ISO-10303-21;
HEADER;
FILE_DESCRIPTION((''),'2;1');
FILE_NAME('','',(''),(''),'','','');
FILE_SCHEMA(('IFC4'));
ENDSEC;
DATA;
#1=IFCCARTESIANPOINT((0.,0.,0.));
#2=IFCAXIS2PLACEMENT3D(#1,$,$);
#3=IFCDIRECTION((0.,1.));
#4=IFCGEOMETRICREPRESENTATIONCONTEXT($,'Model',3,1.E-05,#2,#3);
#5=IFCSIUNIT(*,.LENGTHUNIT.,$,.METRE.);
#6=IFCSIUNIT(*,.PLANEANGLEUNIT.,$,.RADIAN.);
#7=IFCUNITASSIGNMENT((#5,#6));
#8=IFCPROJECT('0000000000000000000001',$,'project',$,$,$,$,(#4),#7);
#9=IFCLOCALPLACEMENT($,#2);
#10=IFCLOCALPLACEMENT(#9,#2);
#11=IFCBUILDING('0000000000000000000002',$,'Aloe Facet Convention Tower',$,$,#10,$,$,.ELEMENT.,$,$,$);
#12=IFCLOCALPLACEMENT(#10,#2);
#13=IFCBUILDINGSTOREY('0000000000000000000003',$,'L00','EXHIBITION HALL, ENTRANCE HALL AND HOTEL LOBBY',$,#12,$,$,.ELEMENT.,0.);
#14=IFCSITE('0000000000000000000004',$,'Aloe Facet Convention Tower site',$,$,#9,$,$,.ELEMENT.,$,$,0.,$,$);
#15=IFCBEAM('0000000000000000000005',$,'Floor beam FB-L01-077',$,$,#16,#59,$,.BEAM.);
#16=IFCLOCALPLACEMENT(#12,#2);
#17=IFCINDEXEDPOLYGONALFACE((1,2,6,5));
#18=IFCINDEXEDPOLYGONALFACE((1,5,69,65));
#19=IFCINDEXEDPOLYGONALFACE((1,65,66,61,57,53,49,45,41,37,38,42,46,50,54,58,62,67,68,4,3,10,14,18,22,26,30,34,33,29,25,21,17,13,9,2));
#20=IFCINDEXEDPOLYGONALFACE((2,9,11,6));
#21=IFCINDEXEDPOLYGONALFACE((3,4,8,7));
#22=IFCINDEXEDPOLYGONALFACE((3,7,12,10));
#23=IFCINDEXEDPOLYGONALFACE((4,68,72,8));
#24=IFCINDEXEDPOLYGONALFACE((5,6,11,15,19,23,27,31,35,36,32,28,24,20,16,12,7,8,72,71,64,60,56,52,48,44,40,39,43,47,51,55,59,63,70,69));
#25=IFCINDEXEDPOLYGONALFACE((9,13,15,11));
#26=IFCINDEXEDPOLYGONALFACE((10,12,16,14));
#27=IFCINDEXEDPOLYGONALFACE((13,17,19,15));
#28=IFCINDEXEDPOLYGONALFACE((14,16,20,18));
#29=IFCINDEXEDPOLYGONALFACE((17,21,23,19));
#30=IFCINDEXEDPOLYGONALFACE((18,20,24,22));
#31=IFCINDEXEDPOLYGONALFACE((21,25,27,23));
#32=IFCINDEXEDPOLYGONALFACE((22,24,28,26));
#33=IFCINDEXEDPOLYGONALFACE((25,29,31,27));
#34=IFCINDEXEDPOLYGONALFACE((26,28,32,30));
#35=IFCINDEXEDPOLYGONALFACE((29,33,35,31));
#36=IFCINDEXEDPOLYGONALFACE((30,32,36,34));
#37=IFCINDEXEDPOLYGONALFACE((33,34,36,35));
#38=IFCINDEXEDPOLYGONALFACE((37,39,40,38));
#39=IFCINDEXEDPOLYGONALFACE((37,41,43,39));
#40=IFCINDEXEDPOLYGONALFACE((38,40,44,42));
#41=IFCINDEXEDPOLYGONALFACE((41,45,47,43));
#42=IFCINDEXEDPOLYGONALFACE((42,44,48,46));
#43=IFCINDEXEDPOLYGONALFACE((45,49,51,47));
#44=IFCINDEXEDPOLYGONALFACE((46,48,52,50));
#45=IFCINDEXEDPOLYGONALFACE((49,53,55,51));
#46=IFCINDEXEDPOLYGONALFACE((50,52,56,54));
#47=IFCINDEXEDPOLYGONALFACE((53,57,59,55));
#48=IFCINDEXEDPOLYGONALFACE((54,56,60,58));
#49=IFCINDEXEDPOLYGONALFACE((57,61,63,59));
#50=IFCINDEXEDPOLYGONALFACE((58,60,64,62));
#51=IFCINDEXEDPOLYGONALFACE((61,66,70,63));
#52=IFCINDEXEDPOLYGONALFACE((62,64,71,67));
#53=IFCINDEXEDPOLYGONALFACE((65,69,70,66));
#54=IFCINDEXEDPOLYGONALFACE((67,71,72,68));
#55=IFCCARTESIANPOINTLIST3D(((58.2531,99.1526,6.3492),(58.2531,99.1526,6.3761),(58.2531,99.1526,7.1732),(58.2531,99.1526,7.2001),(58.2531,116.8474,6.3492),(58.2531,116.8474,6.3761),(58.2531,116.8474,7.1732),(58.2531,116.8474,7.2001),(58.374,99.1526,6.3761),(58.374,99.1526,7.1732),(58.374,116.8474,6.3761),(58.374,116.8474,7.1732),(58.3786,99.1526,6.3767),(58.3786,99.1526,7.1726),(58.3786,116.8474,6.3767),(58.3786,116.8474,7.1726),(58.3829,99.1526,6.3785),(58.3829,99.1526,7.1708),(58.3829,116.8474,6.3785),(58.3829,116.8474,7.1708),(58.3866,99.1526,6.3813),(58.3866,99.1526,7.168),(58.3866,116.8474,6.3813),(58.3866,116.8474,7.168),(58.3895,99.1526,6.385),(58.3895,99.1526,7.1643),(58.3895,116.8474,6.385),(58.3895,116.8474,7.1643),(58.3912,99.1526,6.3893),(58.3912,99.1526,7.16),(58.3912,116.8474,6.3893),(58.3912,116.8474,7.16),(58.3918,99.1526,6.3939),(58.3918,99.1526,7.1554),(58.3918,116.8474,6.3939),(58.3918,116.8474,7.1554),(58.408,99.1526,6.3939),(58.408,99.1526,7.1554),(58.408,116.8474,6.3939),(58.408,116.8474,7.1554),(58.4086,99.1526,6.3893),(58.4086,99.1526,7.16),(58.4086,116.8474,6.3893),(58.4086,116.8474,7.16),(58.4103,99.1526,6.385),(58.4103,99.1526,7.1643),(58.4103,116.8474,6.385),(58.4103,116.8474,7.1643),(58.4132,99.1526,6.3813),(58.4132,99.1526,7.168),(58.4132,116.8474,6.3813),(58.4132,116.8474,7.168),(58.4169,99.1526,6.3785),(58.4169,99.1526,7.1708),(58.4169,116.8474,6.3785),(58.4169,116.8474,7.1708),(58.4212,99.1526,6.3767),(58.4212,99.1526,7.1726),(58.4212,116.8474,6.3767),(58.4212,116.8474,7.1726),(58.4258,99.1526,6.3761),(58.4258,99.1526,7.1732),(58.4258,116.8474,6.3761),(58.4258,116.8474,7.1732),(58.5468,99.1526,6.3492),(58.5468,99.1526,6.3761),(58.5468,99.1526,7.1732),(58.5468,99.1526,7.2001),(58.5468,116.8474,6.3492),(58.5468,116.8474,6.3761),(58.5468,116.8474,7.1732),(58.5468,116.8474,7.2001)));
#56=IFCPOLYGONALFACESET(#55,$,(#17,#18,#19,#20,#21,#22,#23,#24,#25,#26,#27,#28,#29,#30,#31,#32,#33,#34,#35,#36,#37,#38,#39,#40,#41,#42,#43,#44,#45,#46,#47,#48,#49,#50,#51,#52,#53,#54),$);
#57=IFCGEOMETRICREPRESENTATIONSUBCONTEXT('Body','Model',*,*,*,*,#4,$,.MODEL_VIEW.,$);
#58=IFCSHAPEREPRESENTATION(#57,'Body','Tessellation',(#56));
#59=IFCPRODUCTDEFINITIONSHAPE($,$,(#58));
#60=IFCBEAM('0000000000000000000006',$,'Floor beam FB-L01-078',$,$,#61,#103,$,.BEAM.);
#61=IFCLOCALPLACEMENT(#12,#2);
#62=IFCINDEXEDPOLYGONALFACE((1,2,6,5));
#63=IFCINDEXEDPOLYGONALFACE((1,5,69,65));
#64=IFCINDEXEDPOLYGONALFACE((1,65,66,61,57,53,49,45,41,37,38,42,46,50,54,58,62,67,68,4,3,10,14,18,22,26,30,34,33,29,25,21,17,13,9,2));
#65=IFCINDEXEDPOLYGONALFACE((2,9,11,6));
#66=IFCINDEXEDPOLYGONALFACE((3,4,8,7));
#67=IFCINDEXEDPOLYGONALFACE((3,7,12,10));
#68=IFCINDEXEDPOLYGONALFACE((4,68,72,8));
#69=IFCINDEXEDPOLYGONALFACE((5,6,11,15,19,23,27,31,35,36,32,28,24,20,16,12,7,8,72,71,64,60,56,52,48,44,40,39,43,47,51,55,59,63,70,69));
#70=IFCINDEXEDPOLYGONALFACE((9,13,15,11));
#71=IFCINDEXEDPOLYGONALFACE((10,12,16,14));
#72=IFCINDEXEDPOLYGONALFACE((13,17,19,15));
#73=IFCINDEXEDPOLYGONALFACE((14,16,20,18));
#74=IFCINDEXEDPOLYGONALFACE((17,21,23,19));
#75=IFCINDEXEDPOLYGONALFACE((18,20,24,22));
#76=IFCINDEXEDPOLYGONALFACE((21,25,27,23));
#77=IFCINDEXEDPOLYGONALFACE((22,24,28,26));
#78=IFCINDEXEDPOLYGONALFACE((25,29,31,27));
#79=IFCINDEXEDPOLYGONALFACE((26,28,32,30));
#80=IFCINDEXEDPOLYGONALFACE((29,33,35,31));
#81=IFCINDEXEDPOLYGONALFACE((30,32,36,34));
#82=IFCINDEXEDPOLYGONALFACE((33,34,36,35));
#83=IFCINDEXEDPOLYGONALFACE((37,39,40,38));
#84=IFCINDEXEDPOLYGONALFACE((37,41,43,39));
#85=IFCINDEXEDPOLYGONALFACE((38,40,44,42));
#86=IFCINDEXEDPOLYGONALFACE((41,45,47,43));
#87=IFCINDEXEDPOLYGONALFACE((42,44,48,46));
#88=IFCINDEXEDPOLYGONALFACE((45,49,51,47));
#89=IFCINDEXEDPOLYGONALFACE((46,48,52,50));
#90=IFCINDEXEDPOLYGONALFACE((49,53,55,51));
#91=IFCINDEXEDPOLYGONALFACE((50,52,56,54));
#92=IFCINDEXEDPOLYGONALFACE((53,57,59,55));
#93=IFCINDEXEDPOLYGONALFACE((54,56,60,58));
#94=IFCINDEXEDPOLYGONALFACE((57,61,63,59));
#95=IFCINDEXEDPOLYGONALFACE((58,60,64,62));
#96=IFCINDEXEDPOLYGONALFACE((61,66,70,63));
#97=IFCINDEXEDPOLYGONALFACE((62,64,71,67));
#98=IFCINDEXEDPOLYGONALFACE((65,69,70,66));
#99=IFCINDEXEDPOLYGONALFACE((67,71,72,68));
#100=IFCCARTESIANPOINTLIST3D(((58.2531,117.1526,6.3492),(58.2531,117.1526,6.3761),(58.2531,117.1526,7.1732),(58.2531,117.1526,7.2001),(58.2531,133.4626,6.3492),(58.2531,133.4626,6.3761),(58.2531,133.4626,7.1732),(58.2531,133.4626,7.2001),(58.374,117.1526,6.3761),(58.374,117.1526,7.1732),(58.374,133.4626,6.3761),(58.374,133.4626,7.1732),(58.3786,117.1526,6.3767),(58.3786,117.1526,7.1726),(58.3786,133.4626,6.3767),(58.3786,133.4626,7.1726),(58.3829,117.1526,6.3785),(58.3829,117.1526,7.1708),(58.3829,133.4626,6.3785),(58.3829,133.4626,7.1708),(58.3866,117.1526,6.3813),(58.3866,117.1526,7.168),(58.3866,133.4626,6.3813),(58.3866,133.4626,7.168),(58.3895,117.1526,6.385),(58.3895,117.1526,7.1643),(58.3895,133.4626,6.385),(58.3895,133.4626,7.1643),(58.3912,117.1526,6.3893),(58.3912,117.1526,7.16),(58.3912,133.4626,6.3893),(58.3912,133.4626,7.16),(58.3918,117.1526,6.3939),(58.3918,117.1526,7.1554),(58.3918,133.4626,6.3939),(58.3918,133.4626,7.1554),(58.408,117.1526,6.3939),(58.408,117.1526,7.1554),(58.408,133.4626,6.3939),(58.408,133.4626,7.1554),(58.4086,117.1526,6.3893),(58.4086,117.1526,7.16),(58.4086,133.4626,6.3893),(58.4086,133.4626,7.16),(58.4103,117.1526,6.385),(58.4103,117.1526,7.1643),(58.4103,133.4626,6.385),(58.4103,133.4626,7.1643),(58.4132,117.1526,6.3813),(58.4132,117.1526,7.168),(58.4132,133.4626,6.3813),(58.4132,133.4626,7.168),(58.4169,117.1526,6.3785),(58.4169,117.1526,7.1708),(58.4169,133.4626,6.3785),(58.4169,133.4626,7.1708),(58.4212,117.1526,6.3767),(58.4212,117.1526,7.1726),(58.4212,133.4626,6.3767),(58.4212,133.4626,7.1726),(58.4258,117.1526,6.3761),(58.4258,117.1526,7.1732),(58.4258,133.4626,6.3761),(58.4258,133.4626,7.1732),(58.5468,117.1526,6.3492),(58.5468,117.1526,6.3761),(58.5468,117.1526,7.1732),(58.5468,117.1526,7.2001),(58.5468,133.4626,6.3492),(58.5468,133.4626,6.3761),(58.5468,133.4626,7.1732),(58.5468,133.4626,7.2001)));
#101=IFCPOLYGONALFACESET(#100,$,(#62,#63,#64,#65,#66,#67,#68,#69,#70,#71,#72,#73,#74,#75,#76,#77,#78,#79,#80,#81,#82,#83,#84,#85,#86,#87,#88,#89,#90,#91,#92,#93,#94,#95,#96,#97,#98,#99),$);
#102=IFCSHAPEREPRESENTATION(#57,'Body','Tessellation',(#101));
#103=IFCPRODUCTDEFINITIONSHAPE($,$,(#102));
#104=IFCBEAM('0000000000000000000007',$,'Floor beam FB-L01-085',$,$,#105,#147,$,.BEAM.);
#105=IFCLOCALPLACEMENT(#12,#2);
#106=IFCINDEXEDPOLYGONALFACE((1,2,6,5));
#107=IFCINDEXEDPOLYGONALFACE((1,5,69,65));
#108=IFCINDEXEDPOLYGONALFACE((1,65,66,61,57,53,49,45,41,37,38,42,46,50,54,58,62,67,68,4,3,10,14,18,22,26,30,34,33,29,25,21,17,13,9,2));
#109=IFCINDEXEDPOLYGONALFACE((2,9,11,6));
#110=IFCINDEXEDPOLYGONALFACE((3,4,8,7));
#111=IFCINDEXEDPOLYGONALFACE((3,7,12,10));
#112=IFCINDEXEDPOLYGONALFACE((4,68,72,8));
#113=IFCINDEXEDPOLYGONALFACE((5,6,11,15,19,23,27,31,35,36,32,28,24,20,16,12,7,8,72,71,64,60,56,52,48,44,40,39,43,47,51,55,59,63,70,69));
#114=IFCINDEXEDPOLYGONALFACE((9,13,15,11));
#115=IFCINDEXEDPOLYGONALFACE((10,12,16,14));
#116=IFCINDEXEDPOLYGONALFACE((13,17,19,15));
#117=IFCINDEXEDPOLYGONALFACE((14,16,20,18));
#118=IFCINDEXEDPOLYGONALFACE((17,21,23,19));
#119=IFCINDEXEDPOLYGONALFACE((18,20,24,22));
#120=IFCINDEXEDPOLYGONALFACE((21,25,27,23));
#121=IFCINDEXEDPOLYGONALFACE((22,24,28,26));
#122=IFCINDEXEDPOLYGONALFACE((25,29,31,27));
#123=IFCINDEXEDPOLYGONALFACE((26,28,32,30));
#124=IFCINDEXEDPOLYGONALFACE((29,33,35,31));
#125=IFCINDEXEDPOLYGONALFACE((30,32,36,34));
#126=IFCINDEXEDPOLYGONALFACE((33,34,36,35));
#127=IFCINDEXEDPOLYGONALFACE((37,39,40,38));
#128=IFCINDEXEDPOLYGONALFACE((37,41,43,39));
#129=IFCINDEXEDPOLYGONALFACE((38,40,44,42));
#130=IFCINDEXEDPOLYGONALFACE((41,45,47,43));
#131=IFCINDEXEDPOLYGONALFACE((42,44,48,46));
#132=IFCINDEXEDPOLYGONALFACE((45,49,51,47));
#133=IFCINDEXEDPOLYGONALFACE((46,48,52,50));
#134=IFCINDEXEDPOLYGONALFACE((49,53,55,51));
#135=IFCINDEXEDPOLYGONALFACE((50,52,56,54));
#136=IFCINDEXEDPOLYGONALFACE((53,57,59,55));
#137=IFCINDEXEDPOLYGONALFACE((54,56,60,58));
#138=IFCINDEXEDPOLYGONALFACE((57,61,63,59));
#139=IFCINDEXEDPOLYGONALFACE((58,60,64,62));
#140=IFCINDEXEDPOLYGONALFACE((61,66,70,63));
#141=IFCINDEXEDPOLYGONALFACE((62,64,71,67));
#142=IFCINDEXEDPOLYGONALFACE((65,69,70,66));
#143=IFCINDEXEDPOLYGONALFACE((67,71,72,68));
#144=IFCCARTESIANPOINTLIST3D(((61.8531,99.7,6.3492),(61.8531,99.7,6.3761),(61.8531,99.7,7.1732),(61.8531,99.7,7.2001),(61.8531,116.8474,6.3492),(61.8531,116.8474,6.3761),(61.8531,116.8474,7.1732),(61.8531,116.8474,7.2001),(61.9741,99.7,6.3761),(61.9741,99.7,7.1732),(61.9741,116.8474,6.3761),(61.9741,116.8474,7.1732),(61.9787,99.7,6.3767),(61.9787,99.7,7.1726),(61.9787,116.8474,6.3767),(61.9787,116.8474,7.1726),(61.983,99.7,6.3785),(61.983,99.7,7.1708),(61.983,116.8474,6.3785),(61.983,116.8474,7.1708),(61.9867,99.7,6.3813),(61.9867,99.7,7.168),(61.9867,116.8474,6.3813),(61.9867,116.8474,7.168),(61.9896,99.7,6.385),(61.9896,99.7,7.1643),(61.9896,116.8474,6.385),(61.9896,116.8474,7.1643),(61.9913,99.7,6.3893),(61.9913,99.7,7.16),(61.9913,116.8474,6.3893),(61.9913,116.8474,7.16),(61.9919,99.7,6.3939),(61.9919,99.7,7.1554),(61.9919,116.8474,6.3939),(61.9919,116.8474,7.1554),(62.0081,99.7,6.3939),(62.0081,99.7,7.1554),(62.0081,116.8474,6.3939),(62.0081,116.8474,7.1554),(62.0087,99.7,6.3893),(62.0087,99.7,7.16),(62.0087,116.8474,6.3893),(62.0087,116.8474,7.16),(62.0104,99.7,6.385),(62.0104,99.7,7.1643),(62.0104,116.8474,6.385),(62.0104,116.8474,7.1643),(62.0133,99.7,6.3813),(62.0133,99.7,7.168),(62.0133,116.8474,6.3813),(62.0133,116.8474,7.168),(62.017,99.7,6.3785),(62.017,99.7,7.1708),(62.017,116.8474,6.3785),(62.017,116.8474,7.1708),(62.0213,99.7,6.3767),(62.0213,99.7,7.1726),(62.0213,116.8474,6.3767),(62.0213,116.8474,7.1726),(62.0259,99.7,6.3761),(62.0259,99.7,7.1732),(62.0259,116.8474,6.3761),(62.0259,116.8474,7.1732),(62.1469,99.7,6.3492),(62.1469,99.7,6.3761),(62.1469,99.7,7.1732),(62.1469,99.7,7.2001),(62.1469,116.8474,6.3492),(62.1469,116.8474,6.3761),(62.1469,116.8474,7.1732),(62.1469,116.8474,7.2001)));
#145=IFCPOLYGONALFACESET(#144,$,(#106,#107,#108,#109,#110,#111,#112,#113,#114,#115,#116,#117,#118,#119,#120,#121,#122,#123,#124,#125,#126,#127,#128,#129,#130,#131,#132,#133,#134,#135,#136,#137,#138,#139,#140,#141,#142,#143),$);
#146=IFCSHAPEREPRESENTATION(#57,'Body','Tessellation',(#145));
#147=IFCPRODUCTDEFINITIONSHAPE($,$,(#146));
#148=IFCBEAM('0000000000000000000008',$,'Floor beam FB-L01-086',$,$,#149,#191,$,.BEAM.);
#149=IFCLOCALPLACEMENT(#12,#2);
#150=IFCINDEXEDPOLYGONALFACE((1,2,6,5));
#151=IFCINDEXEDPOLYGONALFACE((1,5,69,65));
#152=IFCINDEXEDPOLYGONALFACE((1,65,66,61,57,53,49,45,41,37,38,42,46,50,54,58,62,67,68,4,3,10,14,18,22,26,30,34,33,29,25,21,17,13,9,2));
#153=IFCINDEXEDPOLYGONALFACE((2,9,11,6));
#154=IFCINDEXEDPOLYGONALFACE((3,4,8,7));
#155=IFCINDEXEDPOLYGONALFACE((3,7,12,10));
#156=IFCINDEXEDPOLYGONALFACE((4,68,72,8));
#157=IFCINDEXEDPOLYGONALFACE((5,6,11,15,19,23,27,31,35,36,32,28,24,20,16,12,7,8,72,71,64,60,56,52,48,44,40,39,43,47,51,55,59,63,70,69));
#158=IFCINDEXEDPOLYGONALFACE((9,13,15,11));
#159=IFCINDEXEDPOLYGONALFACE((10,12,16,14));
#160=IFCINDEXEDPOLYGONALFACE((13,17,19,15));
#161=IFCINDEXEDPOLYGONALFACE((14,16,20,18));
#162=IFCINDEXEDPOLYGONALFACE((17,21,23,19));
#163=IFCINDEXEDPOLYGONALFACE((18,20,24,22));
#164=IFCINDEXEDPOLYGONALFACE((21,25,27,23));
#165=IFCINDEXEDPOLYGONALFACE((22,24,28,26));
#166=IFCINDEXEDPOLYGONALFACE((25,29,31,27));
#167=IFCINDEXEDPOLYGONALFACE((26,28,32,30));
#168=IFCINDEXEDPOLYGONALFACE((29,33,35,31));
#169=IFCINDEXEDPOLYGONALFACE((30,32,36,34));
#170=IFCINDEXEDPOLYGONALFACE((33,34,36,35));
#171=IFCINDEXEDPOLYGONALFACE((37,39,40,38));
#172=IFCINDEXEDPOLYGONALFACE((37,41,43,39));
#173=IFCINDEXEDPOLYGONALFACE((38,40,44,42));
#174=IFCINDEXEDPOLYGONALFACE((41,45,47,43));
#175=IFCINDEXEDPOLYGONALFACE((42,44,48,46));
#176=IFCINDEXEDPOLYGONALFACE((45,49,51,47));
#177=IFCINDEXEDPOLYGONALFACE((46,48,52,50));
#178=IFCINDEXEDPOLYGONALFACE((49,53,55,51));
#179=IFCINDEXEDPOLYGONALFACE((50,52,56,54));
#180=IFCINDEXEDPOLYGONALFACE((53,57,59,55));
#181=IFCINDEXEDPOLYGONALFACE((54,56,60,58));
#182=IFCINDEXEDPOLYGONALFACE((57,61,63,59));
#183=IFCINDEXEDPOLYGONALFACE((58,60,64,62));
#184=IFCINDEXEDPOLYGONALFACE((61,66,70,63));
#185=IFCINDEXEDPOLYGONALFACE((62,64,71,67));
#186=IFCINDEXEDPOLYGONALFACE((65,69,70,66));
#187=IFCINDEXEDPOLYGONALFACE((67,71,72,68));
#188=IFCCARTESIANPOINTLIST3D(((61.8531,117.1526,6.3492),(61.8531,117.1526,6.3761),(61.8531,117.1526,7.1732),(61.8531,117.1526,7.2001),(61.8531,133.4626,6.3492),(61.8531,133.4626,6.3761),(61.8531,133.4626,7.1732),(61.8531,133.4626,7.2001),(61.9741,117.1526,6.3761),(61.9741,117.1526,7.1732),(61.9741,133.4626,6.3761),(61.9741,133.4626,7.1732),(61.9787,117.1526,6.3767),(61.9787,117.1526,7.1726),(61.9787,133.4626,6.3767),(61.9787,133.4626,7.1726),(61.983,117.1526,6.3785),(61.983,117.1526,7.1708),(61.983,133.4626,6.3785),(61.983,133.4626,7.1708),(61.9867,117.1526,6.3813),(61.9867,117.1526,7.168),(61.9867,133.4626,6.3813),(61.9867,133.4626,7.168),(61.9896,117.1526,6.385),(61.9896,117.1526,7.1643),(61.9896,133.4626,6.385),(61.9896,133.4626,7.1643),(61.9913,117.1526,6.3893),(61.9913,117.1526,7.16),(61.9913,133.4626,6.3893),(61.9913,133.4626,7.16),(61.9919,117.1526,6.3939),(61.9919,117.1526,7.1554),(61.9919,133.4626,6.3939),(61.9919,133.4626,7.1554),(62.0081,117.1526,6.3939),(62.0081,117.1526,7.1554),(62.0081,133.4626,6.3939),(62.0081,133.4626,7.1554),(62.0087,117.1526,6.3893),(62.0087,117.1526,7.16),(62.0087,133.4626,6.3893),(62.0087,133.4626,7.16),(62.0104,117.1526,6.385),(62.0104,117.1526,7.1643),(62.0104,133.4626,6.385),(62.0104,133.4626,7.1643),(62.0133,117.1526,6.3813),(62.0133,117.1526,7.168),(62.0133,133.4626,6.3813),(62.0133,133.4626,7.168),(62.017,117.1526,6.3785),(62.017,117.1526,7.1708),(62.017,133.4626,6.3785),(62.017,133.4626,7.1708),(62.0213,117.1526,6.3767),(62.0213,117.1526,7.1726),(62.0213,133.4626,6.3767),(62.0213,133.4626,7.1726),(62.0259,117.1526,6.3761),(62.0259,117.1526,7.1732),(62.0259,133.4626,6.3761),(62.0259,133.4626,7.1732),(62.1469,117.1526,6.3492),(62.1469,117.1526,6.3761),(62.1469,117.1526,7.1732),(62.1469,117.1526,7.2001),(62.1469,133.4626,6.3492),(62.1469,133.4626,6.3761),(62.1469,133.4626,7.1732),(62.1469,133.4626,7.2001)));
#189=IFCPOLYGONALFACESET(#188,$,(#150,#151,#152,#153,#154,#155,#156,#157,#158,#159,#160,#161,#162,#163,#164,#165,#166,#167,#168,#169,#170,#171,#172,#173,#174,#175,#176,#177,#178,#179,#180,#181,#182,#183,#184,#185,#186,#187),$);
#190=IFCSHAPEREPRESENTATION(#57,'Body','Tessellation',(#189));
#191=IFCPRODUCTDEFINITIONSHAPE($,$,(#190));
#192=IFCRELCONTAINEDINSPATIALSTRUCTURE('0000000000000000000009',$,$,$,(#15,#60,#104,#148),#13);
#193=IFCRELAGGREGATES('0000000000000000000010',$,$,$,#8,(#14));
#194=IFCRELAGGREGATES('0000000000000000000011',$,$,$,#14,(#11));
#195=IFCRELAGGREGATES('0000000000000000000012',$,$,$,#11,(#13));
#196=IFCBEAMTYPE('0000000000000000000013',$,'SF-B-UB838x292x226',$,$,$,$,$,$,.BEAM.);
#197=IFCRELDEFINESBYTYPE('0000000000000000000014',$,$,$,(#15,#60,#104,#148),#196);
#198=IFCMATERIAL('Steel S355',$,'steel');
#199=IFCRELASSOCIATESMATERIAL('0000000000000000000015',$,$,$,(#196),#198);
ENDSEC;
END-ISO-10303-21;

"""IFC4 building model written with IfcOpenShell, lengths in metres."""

from ifc_helpers import new_model, si_unit, direction, frame, origin, origin_2d, place, context, subcontext, project, spatial, i_section, extrude, material, material_profile, profile_set, type_object, element, save


model = new_model("IFC4")

# Units and contexts
model_context = context("Model", 3, precision=1e-05, world=origin(), true_north=direction((0.0, 1.0)))
body_context = subcontext(model_context, "Body", "Model", "MODEL_VIEW")
ifc_project = project(units=[si_unit("LENGTHUNIT", "METRE"), si_unit("PLANEANGLEUNIT", "RADIAN")], contexts=[model_context])

# Site, building, storey
site_placement = place(None, origin())
site = spatial("IfcSite", under=ifc_project, at=site_placement, Name="Aloe Facet Convention Tower site", CompositionType="ELEMENT", RefElevation=0.0)
building_placement = place(site_placement, origin())
building = spatial("IfcBuilding", under=site, at=building_placement, Name="Aloe Facet Convention Tower", CompositionType="ELEMENT")
storey_placement = place(building_placement, origin())
storey = spatial("IfcBuildingStorey", under=building, at=storey_placement, Name="L00", Description="EXHIBITION HALL, ENTRANCE HALL AND HOTEL LOBBY", CompositionType="ELEMENT", Elevation=0.0)

# Beams
ifc_material_1 = material(Name="Steel S355", Category="steel")
ifc_material_profile_1 = material_profile(ifc_material_1, i_section(OverallWidth=0.2937, OverallDepth=0.8508, WebThickness=0.0161, FlangeThickness=0.0269, FilletRadius=0.0178, at=origin_2d()), Name="UB 838x292x226")
ifc_profile_set_1 = profile_set([ifc_material_profile_1], Name="Steel S355")
beam_type_1 = type_object("IfcBeamType", Name="SF-B-UB838x292x226", PredefinedType="BEAM", material=ifc_profile_set_1)
beam_1_placement = place(storey_placement, frame((58.3999, 99.1526, 6.7747), z_axis=(0.0, 1.0, 0.0), x_axis=(-1.0, 0.0, 0.0)))
element("IfcBeam", 1, at=beam_1_placement, inside=storey, type_object=beam_type_1, Name="Floor beam FB-L01-077", PredefinedType="BEAM", context=body_context, shape_type="SweptSolid", body=[
    extrude(i_section(OverallWidth=0.2937, OverallDepth=0.8508, WebThickness=0.0161, FlangeThickness=0.0269, FilletRadius=0.0178, at=origin_2d()), origin(), (0.0, 0.0, 1.0), 17.6948),
])
beam_2_placement = place(storey_placement, frame((58.3999, 117.1526, 6.7747), z_axis=(0.0, 1.0, 0.0), x_axis=(-1.0, 0.0, 0.0)))
element("IfcBeam", 2, at=beam_2_placement, inside=storey, type_object=beam_type_1, Name="Floor beam FB-L01-078", PredefinedType="BEAM", context=body_context, shape_type="SweptSolid", body=[
    extrude(i_section(OverallWidth=0.2937, OverallDepth=0.8508, WebThickness=0.0161, FlangeThickness=0.0269, FilletRadius=0.0178, at=origin_2d()), origin(), (0.0, 0.0, 1.0), 16.3101),
])
beam_3_placement = place(storey_placement, frame((62.0, 99.7, 6.7747), z_axis=(0.0, 1.0, 0.0), x_axis=(-1.0, 0.0, 0.0)))
element("IfcBeam", 3, at=beam_3_placement, inside=storey, type_object=beam_type_1, Name="Floor beam FB-L01-085", PredefinedType="BEAM", context=body_context, shape_type="SweptSolid", body=[
    extrude(i_section(OverallWidth=0.2937, OverallDepth=0.8508, WebThickness=0.0161, FlangeThickness=0.0269, FilletRadius=0.0178, at=origin_2d()), origin(), (0.0, 0.0, 1.0), 17.1475),
])
beam_4_placement = place(storey_placement, frame((62.0, 117.1526, 6.7747), z_axis=(0.0, 1.0, 0.0), x_axis=(-1.0, 0.0, 0.0)))
element("IfcBeam", 4, at=beam_4_placement, inside=storey, type_object=beam_type_1, Name="Floor beam FB-L01-086", PredefinedType="BEAM", context=body_context, shape_type="SweptSolid", body=[
    extrude(i_section(OverallWidth=0.2937, OverallDepth=0.8508, WebThickness=0.0161, FlangeThickness=0.0269, FilletRadius=0.0178, at=origin_2d()), origin(), (0.0, 0.0, 1.0), 16.3101),
])

save(model, "model.ifc")
